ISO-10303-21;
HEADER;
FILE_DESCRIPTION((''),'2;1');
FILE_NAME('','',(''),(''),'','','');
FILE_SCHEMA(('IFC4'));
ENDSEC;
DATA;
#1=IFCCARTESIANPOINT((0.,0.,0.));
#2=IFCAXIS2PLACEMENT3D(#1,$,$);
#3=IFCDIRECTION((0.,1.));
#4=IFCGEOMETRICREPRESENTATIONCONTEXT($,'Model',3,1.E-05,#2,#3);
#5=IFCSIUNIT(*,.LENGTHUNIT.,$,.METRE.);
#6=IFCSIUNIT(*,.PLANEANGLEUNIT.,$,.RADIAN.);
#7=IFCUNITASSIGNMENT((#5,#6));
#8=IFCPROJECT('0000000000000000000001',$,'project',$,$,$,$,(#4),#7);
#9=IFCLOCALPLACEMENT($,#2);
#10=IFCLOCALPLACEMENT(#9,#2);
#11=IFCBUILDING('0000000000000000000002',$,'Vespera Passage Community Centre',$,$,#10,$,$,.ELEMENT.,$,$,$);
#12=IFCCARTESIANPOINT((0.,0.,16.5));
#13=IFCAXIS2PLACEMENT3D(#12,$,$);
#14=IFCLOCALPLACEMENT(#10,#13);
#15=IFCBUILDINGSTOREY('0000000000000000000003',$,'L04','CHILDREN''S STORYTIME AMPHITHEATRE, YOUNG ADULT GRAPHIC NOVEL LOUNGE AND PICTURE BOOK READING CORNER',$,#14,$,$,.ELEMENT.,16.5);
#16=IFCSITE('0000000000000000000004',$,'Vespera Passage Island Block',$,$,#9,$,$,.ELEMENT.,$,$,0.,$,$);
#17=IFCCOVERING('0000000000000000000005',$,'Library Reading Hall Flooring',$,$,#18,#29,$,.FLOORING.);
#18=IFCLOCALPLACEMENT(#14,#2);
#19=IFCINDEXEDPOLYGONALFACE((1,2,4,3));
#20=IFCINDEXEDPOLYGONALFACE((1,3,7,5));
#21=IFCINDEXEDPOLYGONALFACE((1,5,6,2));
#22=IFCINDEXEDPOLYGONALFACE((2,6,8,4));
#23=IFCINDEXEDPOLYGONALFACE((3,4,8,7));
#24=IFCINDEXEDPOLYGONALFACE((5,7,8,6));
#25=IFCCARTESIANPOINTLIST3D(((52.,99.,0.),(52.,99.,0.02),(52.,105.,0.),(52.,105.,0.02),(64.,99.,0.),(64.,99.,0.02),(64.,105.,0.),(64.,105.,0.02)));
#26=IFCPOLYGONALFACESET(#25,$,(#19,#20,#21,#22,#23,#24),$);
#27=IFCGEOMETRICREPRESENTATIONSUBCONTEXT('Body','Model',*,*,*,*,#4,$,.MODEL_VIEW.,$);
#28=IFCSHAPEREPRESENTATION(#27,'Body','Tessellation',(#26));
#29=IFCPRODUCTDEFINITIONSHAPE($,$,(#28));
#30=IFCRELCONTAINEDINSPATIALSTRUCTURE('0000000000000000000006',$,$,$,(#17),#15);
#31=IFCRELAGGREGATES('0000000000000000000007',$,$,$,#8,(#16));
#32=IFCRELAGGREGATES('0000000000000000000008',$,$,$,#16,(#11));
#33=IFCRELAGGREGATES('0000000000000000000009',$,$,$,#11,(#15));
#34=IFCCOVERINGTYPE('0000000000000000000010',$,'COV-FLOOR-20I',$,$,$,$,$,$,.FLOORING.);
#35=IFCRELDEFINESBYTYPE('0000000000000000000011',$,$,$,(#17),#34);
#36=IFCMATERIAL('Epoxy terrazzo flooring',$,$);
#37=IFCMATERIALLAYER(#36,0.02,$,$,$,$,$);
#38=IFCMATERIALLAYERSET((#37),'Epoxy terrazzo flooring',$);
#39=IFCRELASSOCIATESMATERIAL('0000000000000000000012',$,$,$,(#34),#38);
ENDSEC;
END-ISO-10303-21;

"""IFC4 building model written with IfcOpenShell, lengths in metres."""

from ifc_helpers import new_model, si_unit, direction, frame, origin, place, context, subcontext, project, spatial, polyline, outline, extrude, material, layer, layer_set, type_object, element, save


model = new_model("IFC4")

# Units and contexts
model_context = context("Model", 3, precision=1e-05, world=origin(), true_north=direction((0.0, 1.0)))
body_context = subcontext(model_context, "Body", "Model", "MODEL_VIEW")
ifc_project = project(units=[si_unit("LENGTHUNIT", "METRE"), si_unit("PLANEANGLEUNIT", "RADIAN")], contexts=[model_context])

# Site, building, storey
site_placement = place(None, origin())
site = spatial("IfcSite", under=ifc_project, at=site_placement, Name="Vespera Passage Island Block", CompositionType="ELEMENT", RefElevation=0.0)
building_placement = place(site_placement, origin())
building = spatial("IfcBuilding", under=site, at=building_placement, Name="Vespera Passage Community Centre", CompositionType="ELEMENT")
storey_placement = place(building_placement, frame((0.0, 0.0, 16.5)))
storey = spatial("IfcBuildingStorey", under=building, at=storey_placement, Name="L04", Description="CHILDREN'S STORYTIME AMPHITHEATRE, YOUNG ADULT GRAPHIC NOVEL LOUNGE AND PICTURE BOOK READING CORNER", CompositionType="ELEMENT", Elevation=16.5)

# Covering
ifc_material_1 = material(Name="Epoxy terrazzo flooring")
ifc_layer_1 = layer(ifc_material_1, 0.02)
ifc_layer_set_1 = layer_set([ifc_layer_1], Name="Epoxy terrazzo flooring")
covering_type_1 = type_object("IfcCoveringType", Name="COV-FLOOR-20I", PredefinedType="FLOORING", material=ifc_layer_set_1)
covering_1_placement = place(storey_placement, origin())
element("IfcCovering", 1, at=covering_1_placement, inside=storey, type_object=covering_type_1, Name="Library Reading Hall Flooring", PredefinedType="FLOORING", context=body_context, shape_type="SweptSolid", body=[
    extrude(outline(polyline([(52.0, 99.0), (64.0, 99.0), (64.0, 105.0), (52.0, 105.0), (52.0, 99.0)])), origin(), (0.0, 0.0, 1.0), 0.02),
])

save(model, "model.ifc")
